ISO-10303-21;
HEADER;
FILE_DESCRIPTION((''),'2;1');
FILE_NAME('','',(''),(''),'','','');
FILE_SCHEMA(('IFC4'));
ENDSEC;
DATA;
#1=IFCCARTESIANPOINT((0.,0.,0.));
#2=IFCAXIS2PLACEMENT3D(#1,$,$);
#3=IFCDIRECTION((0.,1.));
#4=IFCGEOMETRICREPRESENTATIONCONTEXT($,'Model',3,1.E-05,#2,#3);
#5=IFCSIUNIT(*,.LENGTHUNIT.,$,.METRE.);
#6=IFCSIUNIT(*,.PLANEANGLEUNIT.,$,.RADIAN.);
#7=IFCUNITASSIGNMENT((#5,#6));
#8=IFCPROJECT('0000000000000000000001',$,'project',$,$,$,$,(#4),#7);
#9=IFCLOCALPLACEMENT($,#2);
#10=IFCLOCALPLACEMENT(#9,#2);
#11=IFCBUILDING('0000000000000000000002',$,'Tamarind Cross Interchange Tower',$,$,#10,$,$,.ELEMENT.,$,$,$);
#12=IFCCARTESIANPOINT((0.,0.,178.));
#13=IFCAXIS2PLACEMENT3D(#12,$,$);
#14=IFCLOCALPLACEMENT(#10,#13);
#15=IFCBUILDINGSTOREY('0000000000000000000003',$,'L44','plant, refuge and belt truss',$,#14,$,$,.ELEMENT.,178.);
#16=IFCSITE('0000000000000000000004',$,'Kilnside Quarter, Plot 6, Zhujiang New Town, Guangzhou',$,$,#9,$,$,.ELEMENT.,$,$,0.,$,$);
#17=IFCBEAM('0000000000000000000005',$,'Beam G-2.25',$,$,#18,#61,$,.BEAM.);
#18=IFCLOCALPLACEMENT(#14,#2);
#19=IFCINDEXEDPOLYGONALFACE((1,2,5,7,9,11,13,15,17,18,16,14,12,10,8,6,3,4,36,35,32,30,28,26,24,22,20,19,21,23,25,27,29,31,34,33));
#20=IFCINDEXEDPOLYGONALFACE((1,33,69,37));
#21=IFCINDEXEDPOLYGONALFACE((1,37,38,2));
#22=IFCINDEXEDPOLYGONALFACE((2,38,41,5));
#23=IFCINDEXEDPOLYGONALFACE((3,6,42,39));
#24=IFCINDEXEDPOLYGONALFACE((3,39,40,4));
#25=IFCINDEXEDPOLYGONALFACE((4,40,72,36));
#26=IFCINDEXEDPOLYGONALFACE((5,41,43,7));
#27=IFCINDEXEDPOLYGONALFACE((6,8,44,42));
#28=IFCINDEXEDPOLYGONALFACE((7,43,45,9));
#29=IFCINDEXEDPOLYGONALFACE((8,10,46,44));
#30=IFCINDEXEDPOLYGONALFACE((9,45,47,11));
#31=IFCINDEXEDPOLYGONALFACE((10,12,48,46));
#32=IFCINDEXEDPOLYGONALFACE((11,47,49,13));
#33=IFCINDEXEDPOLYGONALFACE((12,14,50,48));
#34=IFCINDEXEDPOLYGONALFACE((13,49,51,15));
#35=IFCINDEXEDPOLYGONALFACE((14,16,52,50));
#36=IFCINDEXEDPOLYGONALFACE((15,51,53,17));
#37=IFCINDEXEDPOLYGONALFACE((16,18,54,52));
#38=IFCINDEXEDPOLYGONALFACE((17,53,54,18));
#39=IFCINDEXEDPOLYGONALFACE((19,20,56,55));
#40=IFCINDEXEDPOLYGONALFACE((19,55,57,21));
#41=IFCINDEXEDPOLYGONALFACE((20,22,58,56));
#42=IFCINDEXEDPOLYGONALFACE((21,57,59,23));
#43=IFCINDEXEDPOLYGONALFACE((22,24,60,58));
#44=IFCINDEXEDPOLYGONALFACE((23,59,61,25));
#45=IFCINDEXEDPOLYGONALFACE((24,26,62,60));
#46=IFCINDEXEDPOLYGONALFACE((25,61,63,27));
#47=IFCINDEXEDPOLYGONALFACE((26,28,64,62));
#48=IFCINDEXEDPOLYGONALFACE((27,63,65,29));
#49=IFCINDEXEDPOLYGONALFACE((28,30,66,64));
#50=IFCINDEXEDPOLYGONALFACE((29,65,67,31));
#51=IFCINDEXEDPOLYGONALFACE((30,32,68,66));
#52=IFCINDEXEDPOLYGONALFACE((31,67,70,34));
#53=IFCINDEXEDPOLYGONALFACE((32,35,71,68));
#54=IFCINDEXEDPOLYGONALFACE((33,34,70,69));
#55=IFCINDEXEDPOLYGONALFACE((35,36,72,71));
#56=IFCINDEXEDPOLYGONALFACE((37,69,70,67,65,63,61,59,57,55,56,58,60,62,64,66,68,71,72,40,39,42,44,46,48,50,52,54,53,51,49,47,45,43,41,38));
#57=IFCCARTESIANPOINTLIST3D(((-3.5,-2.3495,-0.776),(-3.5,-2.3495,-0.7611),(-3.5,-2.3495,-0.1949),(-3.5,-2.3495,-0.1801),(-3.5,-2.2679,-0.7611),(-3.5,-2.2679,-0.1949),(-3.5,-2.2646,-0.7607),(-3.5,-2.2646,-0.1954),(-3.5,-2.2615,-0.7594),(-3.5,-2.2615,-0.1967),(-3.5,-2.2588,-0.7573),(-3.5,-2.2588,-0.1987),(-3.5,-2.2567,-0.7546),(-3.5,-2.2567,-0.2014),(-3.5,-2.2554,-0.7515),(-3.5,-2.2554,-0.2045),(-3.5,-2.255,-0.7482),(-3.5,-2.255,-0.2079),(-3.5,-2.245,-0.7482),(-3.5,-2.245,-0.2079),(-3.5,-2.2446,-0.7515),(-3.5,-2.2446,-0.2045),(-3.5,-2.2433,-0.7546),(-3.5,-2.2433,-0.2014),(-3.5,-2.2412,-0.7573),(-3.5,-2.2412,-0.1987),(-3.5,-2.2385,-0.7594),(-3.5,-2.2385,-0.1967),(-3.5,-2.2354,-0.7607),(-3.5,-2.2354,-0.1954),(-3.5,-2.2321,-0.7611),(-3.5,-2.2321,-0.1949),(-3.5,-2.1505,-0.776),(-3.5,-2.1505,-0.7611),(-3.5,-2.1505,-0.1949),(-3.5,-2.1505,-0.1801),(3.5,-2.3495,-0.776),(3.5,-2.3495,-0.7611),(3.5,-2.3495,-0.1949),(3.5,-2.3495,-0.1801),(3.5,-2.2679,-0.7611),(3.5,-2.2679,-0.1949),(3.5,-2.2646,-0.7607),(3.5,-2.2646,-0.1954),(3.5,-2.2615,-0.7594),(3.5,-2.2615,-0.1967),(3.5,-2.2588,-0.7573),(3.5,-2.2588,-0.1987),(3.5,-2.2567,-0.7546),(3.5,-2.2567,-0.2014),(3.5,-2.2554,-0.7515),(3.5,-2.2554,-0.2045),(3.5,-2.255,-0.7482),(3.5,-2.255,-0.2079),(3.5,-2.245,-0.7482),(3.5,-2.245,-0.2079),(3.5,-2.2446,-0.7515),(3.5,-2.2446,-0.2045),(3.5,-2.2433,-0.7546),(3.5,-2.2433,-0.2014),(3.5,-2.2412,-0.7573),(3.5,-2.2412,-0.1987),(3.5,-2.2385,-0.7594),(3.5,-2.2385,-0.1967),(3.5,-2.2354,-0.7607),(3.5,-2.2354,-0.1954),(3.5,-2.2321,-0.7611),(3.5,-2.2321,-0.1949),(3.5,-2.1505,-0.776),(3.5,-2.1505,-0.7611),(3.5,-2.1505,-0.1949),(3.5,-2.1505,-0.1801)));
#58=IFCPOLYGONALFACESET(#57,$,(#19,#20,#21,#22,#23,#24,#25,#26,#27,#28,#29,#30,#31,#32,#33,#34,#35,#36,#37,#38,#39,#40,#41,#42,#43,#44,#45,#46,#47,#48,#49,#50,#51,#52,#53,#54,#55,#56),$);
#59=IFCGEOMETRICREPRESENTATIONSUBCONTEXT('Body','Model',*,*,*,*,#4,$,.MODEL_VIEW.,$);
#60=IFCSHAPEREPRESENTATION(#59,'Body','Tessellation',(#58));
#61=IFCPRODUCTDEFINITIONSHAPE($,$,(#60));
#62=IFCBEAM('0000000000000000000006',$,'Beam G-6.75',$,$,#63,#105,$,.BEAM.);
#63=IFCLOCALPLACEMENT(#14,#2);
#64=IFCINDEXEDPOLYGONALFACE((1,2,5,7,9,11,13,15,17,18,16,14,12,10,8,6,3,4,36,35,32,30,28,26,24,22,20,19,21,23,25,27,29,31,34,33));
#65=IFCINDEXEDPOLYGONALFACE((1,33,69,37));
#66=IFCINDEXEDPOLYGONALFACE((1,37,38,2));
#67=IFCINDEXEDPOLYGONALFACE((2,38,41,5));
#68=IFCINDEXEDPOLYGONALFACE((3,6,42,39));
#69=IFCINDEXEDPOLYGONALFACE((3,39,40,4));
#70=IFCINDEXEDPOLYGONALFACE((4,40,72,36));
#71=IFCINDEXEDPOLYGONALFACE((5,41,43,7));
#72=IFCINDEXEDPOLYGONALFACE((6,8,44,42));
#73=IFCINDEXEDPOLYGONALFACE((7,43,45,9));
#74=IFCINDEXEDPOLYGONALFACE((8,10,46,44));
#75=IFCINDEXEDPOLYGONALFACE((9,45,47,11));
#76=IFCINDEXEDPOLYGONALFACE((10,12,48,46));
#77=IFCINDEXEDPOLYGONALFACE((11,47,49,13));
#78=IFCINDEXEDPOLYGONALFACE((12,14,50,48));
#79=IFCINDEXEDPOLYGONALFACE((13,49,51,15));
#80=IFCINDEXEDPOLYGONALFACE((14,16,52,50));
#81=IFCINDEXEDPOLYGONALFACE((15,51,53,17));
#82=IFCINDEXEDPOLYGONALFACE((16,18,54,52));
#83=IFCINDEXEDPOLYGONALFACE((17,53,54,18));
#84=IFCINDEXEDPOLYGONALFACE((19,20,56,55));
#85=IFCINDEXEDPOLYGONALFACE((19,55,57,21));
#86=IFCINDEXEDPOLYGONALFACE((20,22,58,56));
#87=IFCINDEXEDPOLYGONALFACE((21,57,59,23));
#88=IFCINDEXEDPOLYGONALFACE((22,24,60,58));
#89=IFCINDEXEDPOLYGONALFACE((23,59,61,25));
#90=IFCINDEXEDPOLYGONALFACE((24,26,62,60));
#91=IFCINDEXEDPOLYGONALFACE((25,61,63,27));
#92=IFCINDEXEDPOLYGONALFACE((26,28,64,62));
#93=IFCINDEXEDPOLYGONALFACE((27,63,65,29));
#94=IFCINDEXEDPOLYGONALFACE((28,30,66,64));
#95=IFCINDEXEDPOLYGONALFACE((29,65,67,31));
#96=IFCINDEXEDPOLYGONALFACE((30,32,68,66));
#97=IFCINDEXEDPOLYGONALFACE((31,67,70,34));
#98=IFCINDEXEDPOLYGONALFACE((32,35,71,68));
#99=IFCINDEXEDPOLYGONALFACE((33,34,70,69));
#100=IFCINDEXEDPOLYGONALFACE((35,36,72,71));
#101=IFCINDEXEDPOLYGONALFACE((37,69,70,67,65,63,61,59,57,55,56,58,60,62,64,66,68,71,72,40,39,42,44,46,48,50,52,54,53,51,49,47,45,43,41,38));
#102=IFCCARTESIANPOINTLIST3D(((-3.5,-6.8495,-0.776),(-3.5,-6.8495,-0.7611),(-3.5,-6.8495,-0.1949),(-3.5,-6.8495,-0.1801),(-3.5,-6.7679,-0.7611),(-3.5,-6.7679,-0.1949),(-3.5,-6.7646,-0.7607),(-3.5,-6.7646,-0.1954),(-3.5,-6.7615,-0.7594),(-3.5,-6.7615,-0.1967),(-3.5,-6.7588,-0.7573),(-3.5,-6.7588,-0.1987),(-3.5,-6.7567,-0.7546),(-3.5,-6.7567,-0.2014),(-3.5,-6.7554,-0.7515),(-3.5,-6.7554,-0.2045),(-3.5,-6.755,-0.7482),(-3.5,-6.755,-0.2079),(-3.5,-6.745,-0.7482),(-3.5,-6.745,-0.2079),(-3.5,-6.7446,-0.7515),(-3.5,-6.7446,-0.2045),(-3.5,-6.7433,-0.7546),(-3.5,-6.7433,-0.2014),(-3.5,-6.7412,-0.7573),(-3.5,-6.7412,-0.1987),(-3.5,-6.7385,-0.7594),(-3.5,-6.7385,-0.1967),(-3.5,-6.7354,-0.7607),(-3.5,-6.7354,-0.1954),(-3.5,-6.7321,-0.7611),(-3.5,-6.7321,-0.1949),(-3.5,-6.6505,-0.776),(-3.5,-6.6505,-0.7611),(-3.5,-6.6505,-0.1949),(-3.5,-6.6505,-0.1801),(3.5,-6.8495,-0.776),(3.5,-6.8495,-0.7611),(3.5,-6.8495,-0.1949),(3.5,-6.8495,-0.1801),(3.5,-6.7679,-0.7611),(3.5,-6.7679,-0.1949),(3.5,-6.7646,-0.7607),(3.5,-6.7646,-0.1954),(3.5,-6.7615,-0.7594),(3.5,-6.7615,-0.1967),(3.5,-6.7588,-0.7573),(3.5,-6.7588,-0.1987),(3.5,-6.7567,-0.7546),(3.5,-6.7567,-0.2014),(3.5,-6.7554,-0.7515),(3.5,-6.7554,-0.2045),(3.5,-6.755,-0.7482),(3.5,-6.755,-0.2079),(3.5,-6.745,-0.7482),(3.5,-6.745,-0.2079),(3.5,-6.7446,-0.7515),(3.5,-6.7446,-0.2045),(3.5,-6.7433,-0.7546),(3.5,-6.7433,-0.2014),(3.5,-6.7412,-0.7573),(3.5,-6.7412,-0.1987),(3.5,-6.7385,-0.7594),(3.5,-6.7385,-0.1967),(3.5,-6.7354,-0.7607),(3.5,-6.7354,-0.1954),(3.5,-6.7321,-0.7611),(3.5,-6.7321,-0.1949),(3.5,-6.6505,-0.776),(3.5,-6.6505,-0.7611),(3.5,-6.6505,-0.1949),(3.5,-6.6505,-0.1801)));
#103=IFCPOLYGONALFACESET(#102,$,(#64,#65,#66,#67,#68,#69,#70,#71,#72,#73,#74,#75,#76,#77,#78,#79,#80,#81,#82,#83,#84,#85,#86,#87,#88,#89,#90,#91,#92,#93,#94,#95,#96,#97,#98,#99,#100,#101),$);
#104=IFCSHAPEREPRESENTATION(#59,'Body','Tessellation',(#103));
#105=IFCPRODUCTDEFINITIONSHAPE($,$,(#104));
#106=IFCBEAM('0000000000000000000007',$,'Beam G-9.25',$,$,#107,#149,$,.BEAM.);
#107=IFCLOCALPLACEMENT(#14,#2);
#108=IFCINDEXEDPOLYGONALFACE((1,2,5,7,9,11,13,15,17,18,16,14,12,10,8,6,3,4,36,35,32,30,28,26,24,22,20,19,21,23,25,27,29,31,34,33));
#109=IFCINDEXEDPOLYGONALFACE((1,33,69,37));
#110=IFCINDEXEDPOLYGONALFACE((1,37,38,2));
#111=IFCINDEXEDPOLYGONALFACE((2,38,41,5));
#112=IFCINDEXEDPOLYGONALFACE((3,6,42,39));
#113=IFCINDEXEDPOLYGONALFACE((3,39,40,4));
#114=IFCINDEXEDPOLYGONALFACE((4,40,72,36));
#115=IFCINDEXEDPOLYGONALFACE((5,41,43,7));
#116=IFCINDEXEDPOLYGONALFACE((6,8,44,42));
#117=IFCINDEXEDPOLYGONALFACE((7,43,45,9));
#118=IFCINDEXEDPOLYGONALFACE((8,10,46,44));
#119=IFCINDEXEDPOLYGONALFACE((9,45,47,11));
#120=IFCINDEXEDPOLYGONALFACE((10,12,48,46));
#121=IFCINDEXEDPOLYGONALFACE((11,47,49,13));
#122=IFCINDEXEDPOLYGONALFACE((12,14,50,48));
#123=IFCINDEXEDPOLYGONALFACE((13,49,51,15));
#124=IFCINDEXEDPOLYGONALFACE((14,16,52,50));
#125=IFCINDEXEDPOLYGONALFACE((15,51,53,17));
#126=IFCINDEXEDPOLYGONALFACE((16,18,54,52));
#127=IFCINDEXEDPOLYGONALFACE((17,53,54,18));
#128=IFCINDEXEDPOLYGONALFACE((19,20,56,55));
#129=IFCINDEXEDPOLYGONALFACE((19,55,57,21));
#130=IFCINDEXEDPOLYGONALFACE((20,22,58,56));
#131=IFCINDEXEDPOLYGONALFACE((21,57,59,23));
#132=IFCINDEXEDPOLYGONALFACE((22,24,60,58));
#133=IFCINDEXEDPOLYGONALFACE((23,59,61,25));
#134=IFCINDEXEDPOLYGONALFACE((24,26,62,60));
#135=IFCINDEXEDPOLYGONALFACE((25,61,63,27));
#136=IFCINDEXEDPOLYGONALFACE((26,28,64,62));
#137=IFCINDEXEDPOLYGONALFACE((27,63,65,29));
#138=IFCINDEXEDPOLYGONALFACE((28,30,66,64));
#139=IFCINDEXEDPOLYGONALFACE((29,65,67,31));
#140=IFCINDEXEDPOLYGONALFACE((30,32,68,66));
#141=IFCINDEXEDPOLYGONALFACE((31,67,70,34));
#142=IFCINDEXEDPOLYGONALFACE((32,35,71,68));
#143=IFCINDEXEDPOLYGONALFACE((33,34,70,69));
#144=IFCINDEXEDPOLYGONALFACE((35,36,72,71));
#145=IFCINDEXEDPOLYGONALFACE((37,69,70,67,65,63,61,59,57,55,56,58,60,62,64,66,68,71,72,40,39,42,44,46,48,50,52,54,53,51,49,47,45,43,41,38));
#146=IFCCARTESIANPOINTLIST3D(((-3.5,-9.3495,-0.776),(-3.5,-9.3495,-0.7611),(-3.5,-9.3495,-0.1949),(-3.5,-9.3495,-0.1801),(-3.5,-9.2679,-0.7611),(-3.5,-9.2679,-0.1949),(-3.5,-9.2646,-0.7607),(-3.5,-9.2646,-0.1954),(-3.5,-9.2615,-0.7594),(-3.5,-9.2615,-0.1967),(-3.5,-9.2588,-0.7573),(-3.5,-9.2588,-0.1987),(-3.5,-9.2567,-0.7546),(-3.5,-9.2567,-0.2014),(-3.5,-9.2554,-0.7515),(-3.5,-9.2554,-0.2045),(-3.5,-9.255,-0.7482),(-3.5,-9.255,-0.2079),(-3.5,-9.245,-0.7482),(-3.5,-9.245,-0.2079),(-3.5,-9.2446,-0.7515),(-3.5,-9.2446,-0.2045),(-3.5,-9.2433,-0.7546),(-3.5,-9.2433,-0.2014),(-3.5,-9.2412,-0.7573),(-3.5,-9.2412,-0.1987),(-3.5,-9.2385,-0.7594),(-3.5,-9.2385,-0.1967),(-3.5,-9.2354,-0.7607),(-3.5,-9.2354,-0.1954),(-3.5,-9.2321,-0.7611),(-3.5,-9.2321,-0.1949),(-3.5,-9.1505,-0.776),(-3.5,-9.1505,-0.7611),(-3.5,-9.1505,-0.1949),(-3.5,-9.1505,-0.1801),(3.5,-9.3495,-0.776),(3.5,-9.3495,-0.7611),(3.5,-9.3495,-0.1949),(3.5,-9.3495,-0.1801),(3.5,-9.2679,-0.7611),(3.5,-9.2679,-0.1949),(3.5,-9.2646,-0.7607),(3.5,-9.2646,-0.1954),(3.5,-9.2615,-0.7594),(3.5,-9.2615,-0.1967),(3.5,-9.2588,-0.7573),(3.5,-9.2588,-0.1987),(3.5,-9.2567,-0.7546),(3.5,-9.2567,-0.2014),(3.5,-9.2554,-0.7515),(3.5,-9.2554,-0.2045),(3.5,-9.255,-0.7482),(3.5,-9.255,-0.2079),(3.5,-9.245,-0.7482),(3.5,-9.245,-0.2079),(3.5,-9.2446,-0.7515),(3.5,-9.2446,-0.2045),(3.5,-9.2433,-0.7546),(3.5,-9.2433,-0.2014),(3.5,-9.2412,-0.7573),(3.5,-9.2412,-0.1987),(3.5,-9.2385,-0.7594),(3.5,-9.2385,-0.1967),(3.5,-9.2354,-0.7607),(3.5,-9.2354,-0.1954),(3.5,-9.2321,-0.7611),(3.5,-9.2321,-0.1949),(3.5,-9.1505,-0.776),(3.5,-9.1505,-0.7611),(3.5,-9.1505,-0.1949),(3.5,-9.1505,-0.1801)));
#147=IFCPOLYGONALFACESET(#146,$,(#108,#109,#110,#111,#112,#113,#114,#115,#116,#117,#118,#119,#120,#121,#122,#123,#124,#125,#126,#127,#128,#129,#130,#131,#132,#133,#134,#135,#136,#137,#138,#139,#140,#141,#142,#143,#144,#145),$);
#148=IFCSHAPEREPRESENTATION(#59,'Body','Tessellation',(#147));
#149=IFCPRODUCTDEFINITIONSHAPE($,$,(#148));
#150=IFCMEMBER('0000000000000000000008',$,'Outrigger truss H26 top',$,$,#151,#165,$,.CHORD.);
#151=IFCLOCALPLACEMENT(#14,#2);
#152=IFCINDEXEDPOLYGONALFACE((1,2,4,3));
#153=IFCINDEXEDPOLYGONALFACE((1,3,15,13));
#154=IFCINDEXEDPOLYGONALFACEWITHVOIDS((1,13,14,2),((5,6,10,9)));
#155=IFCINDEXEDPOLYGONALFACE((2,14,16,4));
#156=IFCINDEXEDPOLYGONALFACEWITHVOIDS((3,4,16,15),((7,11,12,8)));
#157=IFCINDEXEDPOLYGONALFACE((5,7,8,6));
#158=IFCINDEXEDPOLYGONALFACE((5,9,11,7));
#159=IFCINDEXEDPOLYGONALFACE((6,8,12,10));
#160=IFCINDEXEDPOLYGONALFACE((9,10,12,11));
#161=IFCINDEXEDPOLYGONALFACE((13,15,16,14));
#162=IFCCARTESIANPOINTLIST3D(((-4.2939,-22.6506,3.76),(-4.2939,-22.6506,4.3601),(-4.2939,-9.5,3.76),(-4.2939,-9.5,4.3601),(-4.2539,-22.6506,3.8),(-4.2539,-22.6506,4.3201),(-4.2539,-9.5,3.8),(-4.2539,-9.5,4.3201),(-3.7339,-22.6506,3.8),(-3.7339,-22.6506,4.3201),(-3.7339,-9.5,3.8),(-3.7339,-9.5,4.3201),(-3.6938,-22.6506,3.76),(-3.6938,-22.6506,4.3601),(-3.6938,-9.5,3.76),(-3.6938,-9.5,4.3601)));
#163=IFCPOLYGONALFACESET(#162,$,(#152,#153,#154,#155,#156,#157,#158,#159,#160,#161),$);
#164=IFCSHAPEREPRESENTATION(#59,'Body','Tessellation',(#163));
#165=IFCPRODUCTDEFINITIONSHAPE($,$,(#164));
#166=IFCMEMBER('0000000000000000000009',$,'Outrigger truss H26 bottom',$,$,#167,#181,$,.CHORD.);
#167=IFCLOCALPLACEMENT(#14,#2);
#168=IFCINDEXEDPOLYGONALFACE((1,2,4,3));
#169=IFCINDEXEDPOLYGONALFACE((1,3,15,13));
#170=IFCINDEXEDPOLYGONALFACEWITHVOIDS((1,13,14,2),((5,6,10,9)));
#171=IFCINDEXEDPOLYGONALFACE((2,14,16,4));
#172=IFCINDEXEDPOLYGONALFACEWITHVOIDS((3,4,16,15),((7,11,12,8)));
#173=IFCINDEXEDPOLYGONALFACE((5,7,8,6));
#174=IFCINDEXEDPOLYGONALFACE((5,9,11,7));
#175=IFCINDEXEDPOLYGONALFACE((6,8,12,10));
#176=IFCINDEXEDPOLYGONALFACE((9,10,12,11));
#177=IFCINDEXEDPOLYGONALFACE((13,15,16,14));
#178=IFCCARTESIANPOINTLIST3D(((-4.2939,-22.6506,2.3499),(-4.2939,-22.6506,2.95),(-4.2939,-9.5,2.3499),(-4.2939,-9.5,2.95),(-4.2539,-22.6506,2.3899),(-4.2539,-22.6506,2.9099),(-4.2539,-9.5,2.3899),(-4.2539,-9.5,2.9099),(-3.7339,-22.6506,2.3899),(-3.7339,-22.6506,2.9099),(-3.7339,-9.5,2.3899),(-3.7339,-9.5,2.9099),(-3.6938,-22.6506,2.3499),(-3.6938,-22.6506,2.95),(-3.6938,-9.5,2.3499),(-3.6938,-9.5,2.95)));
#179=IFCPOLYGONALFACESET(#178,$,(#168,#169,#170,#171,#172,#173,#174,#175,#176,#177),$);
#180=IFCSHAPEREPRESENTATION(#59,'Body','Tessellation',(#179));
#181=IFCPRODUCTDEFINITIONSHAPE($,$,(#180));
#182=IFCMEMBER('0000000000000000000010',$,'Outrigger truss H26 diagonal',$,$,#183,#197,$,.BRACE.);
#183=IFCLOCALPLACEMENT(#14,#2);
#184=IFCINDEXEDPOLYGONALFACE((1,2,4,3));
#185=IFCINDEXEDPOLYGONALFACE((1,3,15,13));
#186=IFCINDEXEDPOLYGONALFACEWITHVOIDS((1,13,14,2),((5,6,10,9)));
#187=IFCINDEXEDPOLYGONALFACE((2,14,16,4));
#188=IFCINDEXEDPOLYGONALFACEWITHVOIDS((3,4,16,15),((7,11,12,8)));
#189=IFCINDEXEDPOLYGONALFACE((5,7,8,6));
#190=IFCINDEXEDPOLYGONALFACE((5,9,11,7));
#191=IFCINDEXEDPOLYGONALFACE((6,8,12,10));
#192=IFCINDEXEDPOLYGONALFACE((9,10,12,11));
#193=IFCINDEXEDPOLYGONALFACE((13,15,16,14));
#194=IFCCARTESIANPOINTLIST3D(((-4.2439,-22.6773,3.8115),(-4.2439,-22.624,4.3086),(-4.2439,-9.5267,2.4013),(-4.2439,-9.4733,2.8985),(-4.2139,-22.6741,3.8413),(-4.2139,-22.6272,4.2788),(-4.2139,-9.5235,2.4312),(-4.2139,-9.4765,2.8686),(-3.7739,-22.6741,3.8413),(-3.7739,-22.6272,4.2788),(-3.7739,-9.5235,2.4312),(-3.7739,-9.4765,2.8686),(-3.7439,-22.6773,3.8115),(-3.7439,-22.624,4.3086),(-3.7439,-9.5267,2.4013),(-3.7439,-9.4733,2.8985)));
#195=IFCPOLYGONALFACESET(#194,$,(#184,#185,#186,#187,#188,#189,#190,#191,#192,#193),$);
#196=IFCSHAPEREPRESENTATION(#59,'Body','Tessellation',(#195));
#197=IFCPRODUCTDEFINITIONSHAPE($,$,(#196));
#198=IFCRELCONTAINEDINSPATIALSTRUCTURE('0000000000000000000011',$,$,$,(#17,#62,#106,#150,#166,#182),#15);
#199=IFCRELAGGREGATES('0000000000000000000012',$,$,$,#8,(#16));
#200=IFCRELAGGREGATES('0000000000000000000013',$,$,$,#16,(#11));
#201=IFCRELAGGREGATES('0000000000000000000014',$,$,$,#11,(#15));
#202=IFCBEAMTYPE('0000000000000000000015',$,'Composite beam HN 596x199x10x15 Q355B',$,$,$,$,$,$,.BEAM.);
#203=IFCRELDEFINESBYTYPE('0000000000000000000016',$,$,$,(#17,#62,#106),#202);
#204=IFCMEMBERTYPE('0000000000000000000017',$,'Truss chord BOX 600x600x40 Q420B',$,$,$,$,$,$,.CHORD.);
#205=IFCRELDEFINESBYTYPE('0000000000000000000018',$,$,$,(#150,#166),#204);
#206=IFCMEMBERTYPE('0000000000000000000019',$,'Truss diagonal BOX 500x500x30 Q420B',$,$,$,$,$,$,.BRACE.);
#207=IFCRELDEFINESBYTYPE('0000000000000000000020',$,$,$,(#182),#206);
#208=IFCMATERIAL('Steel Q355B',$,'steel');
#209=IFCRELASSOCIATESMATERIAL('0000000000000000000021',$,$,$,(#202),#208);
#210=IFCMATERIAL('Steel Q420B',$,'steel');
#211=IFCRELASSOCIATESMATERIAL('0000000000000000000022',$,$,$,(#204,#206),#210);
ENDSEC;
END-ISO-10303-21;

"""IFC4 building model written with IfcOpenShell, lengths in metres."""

from ifc_helpers import new_model, si_unit, direction, frame, origin, origin_2d, place, context, subcontext, project, spatial, hollow_rectangle, i_section, extrude, material, material_profile, profile_set, type_object, element, save


model = new_model("IFC4")

# Units and contexts
model_context = context("Model", 3, precision=1e-05, world=origin(), true_north=direction((0.0, 1.0)))
body_context = subcontext(model_context, "Body", "Model", "MODEL_VIEW")
ifc_project = project(units=[si_unit("LENGTHUNIT", "METRE"), si_unit("PLANEANGLEUNIT", "RADIAN")], contexts=[model_context])

# Site, building, storey
site_placement = place(None, origin())
site = spatial("IfcSite", under=ifc_project, at=site_placement, Name="Kilnside Quarter, Plot 6, Zhujiang New Town, Guangzhou", CompositionType="ELEMENT", RefElevation=0.0)
building_placement = place(site_placement, origin())
building = spatial("IfcBuilding", under=site, at=building_placement, Name="Tamarind Cross Interchange Tower", CompositionType="ELEMENT")
storey_placement = place(building_placement, frame((0.0, 0.0, 178.0)))
storey = spatial("IfcBuildingStorey", under=building, at=storey_placement, Name="L44", Description="plant, refuge and belt truss", CompositionType="ELEMENT", Elevation=178.0)

# Beams
ifc_material_1 = material(Name="Steel Q355B", Category="steel")
ifc_material_profile_1 = material_profile(ifc_material_1, i_section(OverallWidth=0.199, OverallDepth=0.5959, WebThickness=0.01, FlangeThickness=0.0149, FilletRadius=0.0129, at=origin_2d()), Name="HN 596x199x10x15")
ifc_profile_set_1 = profile_set([ifc_material_profile_1], Name="Steel Q355B")
beam_type = type_object("IfcBeamType", Name="Composite beam HN 596x199x10x15 Q355B", PredefinedType="BEAM", material=ifc_profile_set_1)
for number, where, z_axis, x_axis, name in (
    (1, (-3.5, -2.25, -0.478), (1.0, 0.0, 0.0), (0.0, 1.0, 0.0), "Beam G-2.25"),
    (2, (-3.5, -6.75, -0.478), (1.0, 0.0, 0.0), (0.0, 1.0, 0.0), "Beam G-6.75"),
    (3, (-3.5, -9.25, -0.478), (1.0, 0.0, 0.0), (0.0, 1.0, 0.0), "Beam G-9.25"),
):
    element("IfcBeam", number, at=place(storey_placement, frame(where, z_axis=z_axis, x_axis=x_axis)), inside=storey, type_object=beam_type, Name=name, PredefinedType="BEAM", context=body_context, shape_type="SweptSolid", body=[
        extrude(i_section(OverallWidth=0.199, OverallDepth=0.5959, WebThickness=0.01, FlangeThickness=0.0149, FilletRadius=0.0129, at=origin_2d()), origin(), (0.0, 0.0, 1.0), 7.0),
    ])

# Members
ifc_material_2 = material(Name="Steel Q420B", Category="steel")
ifc_material_profile_2 = material_profile(ifc_material_2, hollow_rectangle(XDim=0.6001, YDim=0.6001, WallThickness=0.04, at=origin_2d()), Name="BOX 600x600x40")
ifc_profile_set_2 = profile_set([ifc_material_profile_2], Name="Steel Q420B")
member_type_1 = type_object("IfcMemberType", Name="Truss chord BOX 600x600x40 Q420B", PredefinedType="CHORD", material=ifc_profile_set_2)
for number, where, z_axis, x_axis, name in (
    (4, (-3.9939, -9.5, 4.0601), (0.0, -1.0, 0.0), (1.0, 0.0, 0.0), "Outrigger truss H26 top"),
    (5, (-3.9939, -9.5, 2.6499), (0.0, -1.0, 0.0), (1.0, 0.0, 0.0), "Outrigger truss H26 bottom"),
):
    element("IfcMember", number, at=place(storey_placement, frame(where, z_axis=z_axis, x_axis=x_axis)), inside=storey, type_object=member_type_1, Name=name, PredefinedType="CHORD", context=body_context, shape_type="SweptSolid", body=[
        extrude(hollow_rectangle(XDim=0.6001, YDim=0.6001, WallThickness=0.04, at=origin_2d()), origin(), (0.0, 0.0, 1.0), 13.1506),
    ])
ifc_material_profile_3 = material_profile(ifc_material_2, hollow_rectangle(XDim=0.5, YDim=0.5, WallThickness=0.03, at=origin_2d()), Name="BOX 500x500x30")
ifc_profile_set_3 = profile_set([ifc_material_profile_3], Name="Steel Q420B")
member_type_2 = type_object("IfcMemberType", Name="Truss diagonal BOX 500x500x30 Q420B", PredefinedType="BRACE", material=ifc_profile_set_3)
member_placement = place(storey_placement, frame((-3.9939, -9.5, 2.6499), z_axis=(0.0, -0.9943, 0.10662), x_axis=(1.0, 0.0, 0.0)))
element("IfcMember", 6, at=member_placement, inside=storey, type_object=member_type_2, Name="Outrigger truss H26 diagonal", PredefinedType="BRACE", context=body_context, shape_type="SweptSolid", body=[
    extrude(hollow_rectangle(XDim=0.5, YDim=0.5, WallThickness=0.03, at=origin_2d()), origin(), (0.0, 0.0, 1.0), 13.2261),
])

save(model, "model.ifc")
